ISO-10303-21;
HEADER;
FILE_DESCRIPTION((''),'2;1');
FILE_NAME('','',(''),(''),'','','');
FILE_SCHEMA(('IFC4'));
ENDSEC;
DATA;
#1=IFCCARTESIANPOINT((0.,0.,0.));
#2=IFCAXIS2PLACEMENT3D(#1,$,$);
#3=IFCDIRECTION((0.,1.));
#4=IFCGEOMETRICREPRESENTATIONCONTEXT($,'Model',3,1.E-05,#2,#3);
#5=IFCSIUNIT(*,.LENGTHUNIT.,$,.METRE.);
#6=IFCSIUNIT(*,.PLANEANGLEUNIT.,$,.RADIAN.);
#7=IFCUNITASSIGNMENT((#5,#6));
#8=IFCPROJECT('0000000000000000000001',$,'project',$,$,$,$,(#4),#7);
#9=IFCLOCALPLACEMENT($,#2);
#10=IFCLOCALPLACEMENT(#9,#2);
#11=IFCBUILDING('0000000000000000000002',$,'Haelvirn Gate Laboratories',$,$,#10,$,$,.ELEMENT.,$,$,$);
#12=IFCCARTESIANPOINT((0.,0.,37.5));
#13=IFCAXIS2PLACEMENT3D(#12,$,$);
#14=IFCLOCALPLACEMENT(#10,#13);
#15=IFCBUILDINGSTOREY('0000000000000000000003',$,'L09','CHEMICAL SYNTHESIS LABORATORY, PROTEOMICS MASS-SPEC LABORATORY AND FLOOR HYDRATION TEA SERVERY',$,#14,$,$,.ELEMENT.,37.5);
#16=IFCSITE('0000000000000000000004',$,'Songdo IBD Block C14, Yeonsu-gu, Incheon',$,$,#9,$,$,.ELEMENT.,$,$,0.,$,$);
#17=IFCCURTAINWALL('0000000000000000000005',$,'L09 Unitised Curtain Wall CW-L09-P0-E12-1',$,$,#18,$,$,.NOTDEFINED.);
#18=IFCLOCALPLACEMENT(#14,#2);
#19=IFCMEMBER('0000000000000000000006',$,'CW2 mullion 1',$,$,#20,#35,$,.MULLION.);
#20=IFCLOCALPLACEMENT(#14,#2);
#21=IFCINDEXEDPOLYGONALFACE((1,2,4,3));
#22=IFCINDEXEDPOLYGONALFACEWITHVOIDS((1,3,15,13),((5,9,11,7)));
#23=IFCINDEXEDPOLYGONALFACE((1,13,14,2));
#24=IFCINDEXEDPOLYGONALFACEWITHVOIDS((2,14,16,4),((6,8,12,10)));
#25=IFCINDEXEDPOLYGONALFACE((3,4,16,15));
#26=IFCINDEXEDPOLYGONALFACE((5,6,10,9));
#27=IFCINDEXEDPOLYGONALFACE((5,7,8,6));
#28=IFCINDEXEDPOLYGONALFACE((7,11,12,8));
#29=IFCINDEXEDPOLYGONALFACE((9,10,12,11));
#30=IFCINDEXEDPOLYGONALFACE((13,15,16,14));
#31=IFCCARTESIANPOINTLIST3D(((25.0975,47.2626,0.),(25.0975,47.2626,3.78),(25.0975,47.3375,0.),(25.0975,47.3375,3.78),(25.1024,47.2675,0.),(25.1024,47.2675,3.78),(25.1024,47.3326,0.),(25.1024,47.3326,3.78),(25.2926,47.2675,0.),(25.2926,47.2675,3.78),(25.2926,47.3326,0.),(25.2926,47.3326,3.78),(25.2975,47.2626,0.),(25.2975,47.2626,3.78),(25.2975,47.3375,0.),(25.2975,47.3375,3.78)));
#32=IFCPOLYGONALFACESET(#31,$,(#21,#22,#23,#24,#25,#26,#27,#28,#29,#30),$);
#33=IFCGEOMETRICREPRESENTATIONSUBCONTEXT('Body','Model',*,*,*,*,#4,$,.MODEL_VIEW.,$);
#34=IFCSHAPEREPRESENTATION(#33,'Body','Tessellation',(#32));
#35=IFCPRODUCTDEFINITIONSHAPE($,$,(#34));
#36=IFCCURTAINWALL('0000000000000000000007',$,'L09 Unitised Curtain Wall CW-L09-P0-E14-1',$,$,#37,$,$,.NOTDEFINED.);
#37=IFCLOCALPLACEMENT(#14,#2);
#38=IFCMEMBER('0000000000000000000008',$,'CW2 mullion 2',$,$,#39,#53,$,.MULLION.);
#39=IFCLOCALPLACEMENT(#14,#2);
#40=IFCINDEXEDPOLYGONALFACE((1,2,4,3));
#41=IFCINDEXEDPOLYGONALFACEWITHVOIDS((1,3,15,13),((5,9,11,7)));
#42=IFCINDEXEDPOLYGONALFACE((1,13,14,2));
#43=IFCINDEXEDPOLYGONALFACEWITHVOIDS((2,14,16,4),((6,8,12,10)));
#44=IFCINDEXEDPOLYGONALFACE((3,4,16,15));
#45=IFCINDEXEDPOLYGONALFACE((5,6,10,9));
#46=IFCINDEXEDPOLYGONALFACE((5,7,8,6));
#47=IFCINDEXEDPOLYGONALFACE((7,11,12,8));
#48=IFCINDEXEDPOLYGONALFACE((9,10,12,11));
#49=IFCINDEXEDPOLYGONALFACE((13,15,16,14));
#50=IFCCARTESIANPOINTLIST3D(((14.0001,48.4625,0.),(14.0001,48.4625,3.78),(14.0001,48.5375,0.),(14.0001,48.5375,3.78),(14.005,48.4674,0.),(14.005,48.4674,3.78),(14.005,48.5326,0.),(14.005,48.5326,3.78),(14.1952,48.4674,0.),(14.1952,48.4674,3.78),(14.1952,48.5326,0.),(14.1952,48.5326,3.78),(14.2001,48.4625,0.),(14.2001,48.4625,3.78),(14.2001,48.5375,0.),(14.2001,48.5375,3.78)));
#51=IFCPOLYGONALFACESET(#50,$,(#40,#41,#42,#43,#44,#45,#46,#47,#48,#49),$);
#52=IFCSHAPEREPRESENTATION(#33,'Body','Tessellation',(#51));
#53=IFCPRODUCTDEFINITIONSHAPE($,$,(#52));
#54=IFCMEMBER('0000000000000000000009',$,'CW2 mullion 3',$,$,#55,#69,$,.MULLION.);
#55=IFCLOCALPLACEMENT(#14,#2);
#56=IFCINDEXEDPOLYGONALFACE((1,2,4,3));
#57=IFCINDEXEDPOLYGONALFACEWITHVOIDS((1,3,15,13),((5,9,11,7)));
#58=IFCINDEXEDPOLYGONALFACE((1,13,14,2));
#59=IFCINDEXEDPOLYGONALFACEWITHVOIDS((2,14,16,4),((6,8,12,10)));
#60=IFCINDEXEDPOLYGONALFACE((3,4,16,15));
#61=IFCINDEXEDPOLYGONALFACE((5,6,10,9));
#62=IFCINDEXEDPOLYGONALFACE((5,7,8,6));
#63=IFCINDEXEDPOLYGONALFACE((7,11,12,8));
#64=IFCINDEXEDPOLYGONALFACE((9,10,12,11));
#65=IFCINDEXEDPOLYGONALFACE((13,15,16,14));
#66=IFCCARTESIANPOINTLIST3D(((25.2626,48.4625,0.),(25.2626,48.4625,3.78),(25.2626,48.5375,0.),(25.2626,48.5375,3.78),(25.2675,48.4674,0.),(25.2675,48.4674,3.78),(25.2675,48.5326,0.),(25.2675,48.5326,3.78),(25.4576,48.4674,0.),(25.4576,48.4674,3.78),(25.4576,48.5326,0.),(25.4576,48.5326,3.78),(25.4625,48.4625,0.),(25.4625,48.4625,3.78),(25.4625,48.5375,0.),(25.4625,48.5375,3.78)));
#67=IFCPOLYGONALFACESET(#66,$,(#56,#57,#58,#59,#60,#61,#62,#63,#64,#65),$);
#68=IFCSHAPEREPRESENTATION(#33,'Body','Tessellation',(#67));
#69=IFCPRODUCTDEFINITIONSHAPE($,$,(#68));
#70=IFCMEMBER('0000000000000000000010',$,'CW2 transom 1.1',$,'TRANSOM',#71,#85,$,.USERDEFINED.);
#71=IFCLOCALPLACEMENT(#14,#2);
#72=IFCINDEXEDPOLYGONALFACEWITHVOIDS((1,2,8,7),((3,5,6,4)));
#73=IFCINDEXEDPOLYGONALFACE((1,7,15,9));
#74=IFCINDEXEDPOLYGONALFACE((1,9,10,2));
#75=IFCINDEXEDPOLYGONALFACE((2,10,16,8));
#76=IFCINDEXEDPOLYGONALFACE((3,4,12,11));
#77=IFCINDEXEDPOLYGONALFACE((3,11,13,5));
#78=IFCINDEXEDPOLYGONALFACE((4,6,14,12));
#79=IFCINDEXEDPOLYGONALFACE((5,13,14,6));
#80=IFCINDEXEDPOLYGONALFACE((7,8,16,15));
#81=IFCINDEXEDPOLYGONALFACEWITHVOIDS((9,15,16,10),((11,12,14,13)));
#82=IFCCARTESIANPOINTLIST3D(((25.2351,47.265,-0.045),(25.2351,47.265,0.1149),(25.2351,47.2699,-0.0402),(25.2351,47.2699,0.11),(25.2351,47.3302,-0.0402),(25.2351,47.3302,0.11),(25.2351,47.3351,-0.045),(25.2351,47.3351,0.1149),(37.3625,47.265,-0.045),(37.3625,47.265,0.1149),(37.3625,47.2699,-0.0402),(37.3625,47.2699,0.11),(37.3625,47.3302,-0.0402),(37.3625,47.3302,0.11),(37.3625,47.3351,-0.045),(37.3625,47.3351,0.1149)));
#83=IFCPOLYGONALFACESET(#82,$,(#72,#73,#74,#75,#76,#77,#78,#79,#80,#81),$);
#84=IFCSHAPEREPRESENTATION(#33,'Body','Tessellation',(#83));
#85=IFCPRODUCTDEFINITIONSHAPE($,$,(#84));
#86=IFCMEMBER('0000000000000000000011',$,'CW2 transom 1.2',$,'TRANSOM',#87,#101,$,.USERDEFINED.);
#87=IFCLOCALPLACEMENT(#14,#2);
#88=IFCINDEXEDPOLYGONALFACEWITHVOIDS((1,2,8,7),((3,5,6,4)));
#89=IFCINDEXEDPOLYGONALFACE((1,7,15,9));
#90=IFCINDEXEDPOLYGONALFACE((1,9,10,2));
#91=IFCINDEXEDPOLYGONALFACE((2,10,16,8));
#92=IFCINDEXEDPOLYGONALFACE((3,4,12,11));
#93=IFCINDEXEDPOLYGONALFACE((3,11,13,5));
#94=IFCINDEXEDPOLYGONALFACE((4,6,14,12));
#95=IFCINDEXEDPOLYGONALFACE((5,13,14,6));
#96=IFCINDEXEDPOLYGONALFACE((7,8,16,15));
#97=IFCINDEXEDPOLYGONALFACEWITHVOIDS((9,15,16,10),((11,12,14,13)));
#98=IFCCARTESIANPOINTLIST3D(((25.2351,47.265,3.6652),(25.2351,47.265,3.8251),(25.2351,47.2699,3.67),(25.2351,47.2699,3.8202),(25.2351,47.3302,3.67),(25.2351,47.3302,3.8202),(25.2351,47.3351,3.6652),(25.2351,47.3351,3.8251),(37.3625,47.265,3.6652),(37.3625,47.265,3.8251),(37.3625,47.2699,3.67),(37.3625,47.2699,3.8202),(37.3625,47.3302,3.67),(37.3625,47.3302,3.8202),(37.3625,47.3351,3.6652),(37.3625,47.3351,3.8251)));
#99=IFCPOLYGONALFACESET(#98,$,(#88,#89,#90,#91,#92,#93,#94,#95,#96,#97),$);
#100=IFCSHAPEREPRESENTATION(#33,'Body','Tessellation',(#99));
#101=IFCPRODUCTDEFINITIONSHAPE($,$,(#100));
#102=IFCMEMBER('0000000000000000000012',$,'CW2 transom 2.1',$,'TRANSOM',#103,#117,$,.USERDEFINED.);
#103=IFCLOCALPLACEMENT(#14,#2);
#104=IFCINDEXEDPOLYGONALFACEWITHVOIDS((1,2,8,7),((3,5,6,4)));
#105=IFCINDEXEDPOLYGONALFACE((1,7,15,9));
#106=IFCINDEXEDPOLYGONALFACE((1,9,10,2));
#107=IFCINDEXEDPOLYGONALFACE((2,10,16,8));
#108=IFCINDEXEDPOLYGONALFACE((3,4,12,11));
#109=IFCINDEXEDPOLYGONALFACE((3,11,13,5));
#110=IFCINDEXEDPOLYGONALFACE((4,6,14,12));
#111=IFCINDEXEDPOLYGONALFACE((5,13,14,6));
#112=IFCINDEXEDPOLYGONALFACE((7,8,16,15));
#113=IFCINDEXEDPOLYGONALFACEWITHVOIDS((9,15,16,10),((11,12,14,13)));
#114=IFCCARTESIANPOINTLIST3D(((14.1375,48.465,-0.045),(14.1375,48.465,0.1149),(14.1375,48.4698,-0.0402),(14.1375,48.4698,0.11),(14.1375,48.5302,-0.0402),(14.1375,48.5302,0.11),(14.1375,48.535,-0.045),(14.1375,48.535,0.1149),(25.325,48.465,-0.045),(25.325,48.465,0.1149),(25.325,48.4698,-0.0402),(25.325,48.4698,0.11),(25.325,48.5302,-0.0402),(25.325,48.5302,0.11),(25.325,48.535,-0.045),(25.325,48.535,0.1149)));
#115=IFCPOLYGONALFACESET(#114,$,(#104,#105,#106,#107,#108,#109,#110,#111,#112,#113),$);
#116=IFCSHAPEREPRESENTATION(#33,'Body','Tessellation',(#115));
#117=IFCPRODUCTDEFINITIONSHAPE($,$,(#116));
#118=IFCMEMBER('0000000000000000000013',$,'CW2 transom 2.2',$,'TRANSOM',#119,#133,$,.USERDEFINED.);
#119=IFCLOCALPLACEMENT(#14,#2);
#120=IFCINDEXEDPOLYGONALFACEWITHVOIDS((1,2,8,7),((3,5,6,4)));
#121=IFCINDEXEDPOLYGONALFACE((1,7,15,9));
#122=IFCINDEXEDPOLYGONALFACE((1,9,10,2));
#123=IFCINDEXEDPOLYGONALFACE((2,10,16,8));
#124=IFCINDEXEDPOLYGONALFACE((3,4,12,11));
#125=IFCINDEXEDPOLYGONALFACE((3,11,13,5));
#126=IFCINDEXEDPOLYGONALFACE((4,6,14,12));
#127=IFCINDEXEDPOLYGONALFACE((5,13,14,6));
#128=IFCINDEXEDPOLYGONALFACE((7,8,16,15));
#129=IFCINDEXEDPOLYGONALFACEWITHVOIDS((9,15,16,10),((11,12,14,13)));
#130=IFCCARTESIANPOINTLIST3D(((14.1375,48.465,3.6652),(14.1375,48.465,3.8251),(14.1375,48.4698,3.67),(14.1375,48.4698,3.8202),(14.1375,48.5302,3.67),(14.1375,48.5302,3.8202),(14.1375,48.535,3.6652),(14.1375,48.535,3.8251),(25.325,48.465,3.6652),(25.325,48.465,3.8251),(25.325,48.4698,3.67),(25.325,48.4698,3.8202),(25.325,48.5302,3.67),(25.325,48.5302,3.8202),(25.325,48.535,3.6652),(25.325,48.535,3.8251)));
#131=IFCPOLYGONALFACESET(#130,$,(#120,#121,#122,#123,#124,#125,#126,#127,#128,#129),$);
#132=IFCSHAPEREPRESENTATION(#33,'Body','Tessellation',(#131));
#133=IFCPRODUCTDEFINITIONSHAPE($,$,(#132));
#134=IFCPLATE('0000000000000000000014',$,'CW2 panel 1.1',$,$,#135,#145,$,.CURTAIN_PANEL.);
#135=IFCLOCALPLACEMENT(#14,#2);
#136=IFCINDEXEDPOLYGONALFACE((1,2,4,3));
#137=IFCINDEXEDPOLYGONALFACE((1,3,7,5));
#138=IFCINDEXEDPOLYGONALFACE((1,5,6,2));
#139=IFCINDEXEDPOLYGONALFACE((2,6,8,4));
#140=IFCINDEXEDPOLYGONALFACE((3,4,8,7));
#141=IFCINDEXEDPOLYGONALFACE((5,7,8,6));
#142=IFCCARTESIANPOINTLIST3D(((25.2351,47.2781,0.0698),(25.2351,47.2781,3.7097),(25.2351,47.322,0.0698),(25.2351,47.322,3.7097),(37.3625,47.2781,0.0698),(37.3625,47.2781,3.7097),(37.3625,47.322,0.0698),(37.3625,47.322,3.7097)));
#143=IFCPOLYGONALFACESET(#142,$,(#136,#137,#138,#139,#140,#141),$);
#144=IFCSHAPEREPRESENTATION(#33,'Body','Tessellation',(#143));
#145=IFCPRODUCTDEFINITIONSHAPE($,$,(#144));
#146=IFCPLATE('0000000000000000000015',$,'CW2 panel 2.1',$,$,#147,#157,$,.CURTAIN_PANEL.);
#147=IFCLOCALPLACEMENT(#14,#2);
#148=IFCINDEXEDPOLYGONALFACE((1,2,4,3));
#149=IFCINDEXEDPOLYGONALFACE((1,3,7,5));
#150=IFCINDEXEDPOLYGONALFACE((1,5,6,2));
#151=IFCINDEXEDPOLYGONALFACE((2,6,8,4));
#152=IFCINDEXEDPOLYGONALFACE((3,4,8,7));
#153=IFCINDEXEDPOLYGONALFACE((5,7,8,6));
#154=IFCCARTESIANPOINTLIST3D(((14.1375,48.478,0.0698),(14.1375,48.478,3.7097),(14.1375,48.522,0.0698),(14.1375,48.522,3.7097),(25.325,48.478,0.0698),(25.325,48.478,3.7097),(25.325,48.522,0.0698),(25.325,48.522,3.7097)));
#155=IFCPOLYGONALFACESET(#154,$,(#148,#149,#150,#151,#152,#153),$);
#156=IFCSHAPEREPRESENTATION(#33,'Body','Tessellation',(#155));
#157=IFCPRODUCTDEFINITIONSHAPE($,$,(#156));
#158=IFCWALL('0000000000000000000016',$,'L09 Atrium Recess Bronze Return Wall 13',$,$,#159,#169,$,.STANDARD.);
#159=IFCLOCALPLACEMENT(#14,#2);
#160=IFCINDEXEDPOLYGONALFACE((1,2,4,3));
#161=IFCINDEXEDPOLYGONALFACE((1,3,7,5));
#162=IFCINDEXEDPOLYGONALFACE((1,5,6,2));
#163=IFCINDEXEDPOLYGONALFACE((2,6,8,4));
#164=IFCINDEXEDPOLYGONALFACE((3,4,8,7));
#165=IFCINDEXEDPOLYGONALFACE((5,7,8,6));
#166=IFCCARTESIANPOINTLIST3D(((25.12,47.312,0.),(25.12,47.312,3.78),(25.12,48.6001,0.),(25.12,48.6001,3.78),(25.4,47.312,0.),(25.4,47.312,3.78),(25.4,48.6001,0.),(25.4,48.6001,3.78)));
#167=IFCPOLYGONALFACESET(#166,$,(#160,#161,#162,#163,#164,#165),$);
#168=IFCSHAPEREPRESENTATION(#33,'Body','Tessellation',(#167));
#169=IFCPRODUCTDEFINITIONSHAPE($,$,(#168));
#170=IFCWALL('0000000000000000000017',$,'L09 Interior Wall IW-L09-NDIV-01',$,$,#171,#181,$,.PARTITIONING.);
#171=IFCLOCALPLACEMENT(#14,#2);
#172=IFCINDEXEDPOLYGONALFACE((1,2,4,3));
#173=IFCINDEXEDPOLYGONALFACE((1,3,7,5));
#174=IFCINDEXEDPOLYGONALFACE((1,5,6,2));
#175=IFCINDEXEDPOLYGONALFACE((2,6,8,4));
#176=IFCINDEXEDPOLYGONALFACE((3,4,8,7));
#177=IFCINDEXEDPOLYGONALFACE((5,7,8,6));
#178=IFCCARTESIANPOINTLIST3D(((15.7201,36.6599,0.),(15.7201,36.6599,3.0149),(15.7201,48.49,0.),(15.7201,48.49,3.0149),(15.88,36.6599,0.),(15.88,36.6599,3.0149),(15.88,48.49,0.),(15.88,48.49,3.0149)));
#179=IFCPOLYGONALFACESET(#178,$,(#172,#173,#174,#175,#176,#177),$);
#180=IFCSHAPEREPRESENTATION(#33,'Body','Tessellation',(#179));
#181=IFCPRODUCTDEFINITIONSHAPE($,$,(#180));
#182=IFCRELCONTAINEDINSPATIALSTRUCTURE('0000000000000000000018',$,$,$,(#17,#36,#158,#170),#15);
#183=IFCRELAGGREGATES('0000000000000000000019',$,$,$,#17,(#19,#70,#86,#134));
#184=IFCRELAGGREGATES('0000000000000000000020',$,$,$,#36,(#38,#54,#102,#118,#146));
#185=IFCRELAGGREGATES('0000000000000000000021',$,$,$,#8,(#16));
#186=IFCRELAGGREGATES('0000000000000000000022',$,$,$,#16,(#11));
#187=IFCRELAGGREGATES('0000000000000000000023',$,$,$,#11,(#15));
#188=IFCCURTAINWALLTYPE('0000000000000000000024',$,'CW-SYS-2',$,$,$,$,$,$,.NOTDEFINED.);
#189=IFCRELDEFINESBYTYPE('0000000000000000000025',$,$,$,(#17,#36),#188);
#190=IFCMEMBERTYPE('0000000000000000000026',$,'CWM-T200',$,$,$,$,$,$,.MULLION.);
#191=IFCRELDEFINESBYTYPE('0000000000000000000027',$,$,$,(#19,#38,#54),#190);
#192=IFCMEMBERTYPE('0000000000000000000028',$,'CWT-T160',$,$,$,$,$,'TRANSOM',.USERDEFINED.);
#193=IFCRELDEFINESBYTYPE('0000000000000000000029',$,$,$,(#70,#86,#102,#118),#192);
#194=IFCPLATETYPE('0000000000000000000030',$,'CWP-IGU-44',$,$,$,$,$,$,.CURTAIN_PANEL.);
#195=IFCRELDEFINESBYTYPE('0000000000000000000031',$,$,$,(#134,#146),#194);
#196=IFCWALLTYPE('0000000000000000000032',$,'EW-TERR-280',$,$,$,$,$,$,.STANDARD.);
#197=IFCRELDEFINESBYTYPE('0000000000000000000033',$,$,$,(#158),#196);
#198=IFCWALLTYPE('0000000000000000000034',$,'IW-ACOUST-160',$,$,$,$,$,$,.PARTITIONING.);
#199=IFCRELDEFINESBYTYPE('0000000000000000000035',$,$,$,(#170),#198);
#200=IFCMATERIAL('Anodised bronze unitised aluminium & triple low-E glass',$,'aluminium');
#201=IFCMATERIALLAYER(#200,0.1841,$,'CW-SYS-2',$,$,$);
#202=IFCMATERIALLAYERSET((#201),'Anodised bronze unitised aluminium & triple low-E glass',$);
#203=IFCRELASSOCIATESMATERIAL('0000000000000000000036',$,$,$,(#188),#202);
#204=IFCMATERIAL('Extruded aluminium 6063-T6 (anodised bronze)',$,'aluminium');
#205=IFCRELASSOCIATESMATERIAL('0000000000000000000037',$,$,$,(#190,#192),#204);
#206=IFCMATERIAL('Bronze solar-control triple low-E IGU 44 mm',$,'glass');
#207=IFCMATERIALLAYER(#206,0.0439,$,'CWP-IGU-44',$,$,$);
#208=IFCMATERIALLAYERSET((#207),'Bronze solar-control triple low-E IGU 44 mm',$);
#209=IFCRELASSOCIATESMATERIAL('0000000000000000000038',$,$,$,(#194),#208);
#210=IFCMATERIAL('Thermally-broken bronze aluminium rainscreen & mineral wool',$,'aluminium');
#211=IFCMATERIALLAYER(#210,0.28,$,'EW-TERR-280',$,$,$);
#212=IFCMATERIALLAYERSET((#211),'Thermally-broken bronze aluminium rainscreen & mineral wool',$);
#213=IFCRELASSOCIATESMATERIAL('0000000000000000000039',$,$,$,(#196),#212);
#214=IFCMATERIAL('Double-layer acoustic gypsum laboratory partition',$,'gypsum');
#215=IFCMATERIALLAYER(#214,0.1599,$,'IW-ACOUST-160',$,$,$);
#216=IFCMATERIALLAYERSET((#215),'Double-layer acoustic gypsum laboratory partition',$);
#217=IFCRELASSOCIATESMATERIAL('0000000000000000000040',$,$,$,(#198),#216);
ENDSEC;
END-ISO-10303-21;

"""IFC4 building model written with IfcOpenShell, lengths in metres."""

from ifc_helpers import new_model, si_unit, direction, frame, frame_2d, origin, origin_2d, place, context, subcontext, project, spatial, rectangle, hollow_rectangle, extrude, source, transform, mapped, material, layer, layer_set, material_profile, profile_set, type_object, type_shapes, element, aggregate, save


model = new_model("IFC4")

# Units and contexts
model_context = context("Model", 3, precision=1e-05, world=origin(), true_north=direction((0.0, 1.0)))
body_context = subcontext(model_context, "Body", "Model", "MODEL_VIEW")
ifc_project = project(units=[si_unit("LENGTHUNIT", "METRE"), si_unit("PLANEANGLEUNIT", "RADIAN")], contexts=[model_context])

# Site, building, storey
site_placement = place(None, origin())
site = spatial("IfcSite", under=ifc_project, at=site_placement, Name="Songdo IBD Block C14, Yeonsu-gu, Incheon", CompositionType="ELEMENT", RefElevation=0.0)
building_placement = place(site_placement, origin())
building = spatial("IfcBuilding", under=site, at=building_placement, Name="Haelvirn Gate Laboratories", CompositionType="ELEMENT")
storey_placement = place(building_placement, frame((0.0, 0.0, 37.5)))
storey = spatial("IfcBuildingStorey", under=building, at=storey_placement, Name="L09", Description="CHEMICAL SYNTHESIS LABORATORY, PROTEOMICS MASS-SPEC LABORATORY AND FLOOR HYDRATION TEA SERVERY", CompositionType="ELEMENT", Elevation=37.5)

# Curtain wall, member
ifc_material_1 = material(Name="Anodised bronze unitised aluminium & triple low-E glass", Category="aluminium")
ifc_layer_1 = layer(ifc_material_1, 0.1841, Name="CW-SYS-2")
ifc_layer_set_1 = layer_set([ifc_layer_1], Name="Anodised bronze unitised aluminium & triple low-E glass")
curtain_wall_type = type_object("IfcCurtainWallType", Name="CW-SYS-2", PredefinedType="NOTDEFINED", material=ifc_layer_set_1)
curtain_wall_1_placement = place(storey_placement, origin())
curtain_wall_1 = element("IfcCurtainWall", 1, at=curtain_wall_1_placement, inside=storey, type_object=curtain_wall_type, Name="L09 Unitised Curtain Wall CW-L09-P0-E12-1", PredefinedType="NOTDEFINED")
ifc_material_2 = material(Name="Extruded aluminium 6063-T6 (anodised bronze)", Category="aluminium")
ifc_material_profile_1 = material_profile(ifc_material_2, hollow_rectangle(XDim=0.075, YDim=0.2, WallThickness=0.0049, at=origin_2d()), Name="CWM-200x75x5")
ifc_profile_set_1 = profile_set([ifc_material_profile_1], Name="Extruded aluminium 6063-T6 (anodised bronze)")
member_type_1 = type_object("IfcMemberType", Name="CWM-T200", PredefinedType="MULLION", material=ifc_profile_set_1)
shared_shape_1 = source(origin(), body_context, "Body", "SweptSolid", [
    extrude(hollow_rectangle(XDim=0.075, YDim=0.2, WallThickness=0.0049, at=origin_2d()), origin(), (0.0, 0.0, 1.0), 3.78),
])
type_shapes(member_type_1, [shared_shape_1])
member_1_placement = place(storey_placement, frame((25.1975, 47.3, 0.0), z_axis=(0.0, 0.0, 1.0), x_axis=(0.0, 1.0, 0.0)))
member_1 = element("IfcMember", 2, at=member_1_placement, type_object=member_type_1, Name="CW2 mullion 1", PredefinedType="MULLION", context=body_context, shape_type="MappedRepresentation", body=[
    mapped(shared_shape_1, transform((0.0, 0.0, 0.0), scale=1.0)),
])

# Curtain wall, members
curtain_wall_2_placement = place(storey_placement, origin())
curtain_wall_2 = element("IfcCurtainWall", 3, at=curtain_wall_2_placement, inside=storey, type_object=curtain_wall_type, Name="L09 Unitised Curtain Wall CW-L09-P0-E14-1", PredefinedType="NOTDEFINED")
member_2_placement = place(storey_placement, frame((14.1001, 48.5, 0.0), z_axis=(0.0, 0.0, 1.0), x_axis=(0.0, 1.0, 0.0)))
member_2 = element("IfcMember", 4, at=member_2_placement, type_object=member_type_1, Name="CW2 mullion 2", PredefinedType="MULLION", context=body_context, shape_type="MappedRepresentation", body=[
    mapped(shared_shape_1, transform((0.0, 0.0, 0.0), scale=1.0)),
])
member_3_placement = place(storey_placement, frame((25.3625, 48.5, 0.0), z_axis=(0.0, 0.0, 1.0), x_axis=(0.0, 1.0, 0.0)))
member_3 = element("IfcMember", 5, at=member_3_placement, type_object=member_type_1, Name="CW2 mullion 3", PredefinedType="MULLION", context=body_context, shape_type="MappedRepresentation", body=[
    mapped(shared_shape_1, transform((0.0, 0.0, 0.0), scale=1.0)),
])

# Members
ifc_material_profile_2 = material_profile(ifc_material_2, hollow_rectangle(XDim=0.0701, YDim=0.1599, WallThickness=0.0049, at=origin_2d()), Name="CWT-160x70x5")
ifc_profile_set_2 = profile_set([ifc_material_profile_2], Name="Extruded aluminium 6063-T6 (anodised bronze)")
member_type_2 = type_object("IfcMemberType", Name="CWT-T160", ElementType="TRANSOM", PredefinedType="USERDEFINED", material=ifc_profile_set_2)
shared_shape_2 = source(origin(), body_context, "Body", "SweptSolid", [
    extrude(hollow_rectangle(XDim=0.0701, YDim=0.1599, WallThickness=0.0049, at=origin_2d()), origin(), (0.0, 0.0, 1.0), 12.1274),
])
member_4_placement = place(storey_placement, frame((25.2351, 47.3, 0.0349), z_axis=(1.0, 0.0, 0.0), x_axis=(0.0, 1.0, 0.0)))
member_4 = element("IfcMember", 6, at=member_4_placement, type_object=member_type_2, Name="CW2 transom 1.1", ObjectType="TRANSOM", PredefinedType="USERDEFINED", context=body_context, shape_type="MappedRepresentation", body=[
    mapped(shared_shape_2, transform((0.0, 0.0, 0.0), scale=1.0)),
])
member_5_placement = place(storey_placement, frame((25.2351, 47.3, 3.7451), z_axis=(1.0, 0.0, 0.0), x_axis=(0.0, 1.0, 0.0)))
member_5 = element("IfcMember", 7, at=member_5_placement, type_object=member_type_2, Name="CW2 transom 1.2", ObjectType="TRANSOM", PredefinedType="USERDEFINED", context=body_context, shape_type="MappedRepresentation", body=[
    mapped(shared_shape_2, transform((0.0, 0.0, 0.0), scale=1.0)),
])
shared_shape_3 = source(origin(), body_context, "Body", "SweptSolid", [
    extrude(hollow_rectangle(XDim=0.0701, YDim=0.1599, WallThickness=0.0049, at=origin_2d()), origin(), (0.0, 0.0, 1.0), 11.1875),
])
type_shapes(member_type_2, [shared_shape_2, shared_shape_3])
member_6_placement = place(storey_placement, frame((14.1375, 48.5, 0.0349), z_axis=(1.0, 0.0, 0.0), x_axis=(0.0, 1.0, 0.0)))
member_6 = element("IfcMember", 8, at=member_6_placement, type_object=member_type_2, Name="CW2 transom 2.1", ObjectType="TRANSOM", PredefinedType="USERDEFINED", context=body_context, shape_type="MappedRepresentation", body=[
    mapped(shared_shape_3, transform((0.0, 0.0, 0.0), scale=1.0)),
])
member_7_placement = place(storey_placement, frame((14.1375, 48.5, 3.7451), z_axis=(1.0, 0.0, 0.0), x_axis=(0.0, 1.0, 0.0)))
member_7 = element("IfcMember", 9, at=member_7_placement, type_object=member_type_2, Name="CW2 transom 2.2", ObjectType="TRANSOM", PredefinedType="USERDEFINED", context=body_context, shape_type="MappedRepresentation", body=[
    mapped(shared_shape_3, transform((0.0, 0.0, 0.0), scale=1.0)),
])

# Plates
ifc_material_3 = material(Name="Bronze solar-control triple low-E IGU 44 mm", Category="glass")
ifc_layer_2 = layer(ifc_material_3, 0.0439, Name="CWP-IGU-44")
ifc_layer_set_2 = layer_set([ifc_layer_2], Name="Bronze solar-control triple low-E IGU 44 mm")
plate_type = type_object("IfcPlateType", Name="CWP-IGU-44", PredefinedType="CURTAIN_PANEL", material=ifc_layer_set_2)
shared_shape_4 = source(origin(), body_context, "Body", "SweptSolid", [
    extrude(rectangle(XDim=12.1274, YDim=0.0439, at=origin_2d()), origin(), (0.0, 0.0, 1.0), 3.6399),
])
plate_1_placement = place(storey_placement, frame((31.2988, 47.3, 0.0698), z_axis=(0.0, 0.0, 1.0), x_axis=(1.0, 0.0, 0.0)))
plate_1 = element("IfcPlate", 10, at=plate_1_placement, type_object=plate_type, Name="CW2 panel 1.1", PredefinedType="CURTAIN_PANEL", context=body_context, shape_type="MappedRepresentation", body=[
    mapped(shared_shape_4, transform((0.0, 0.0, 0.0), scale=1.0)),
])
aggregate(curtain_wall_1, [member_1, member_4, member_5, plate_1])
shared_shape_5 = source(origin(), body_context, "Body", "SweptSolid", [
    extrude(rectangle(XDim=11.1875, YDim=0.0439, at=origin_2d()), origin(), (0.0, 0.0, 1.0), 3.6399),
])
type_shapes(plate_type, [shared_shape_4, shared_shape_5])
plate_2_placement = place(storey_placement, frame((19.7312, 48.5, 0.0698), z_axis=(0.0, 0.0, 1.0), x_axis=(1.0, 0.0, 0.0)))
plate_2 = element("IfcPlate", 11, at=plate_2_placement, type_object=plate_type, Name="CW2 panel 2.1", PredefinedType="CURTAIN_PANEL", context=body_context, shape_type="MappedRepresentation", body=[
    mapped(shared_shape_5, transform((0.0, 0.0, 0.0), scale=1.0)),
])
aggregate(curtain_wall_2, [member_2, member_3, member_6, member_7, plate_2])

# Walls
ifc_material_4 = material(Name="Thermally-broken bronze aluminium rainscreen & mineral wool", Category="aluminium")
ifc_layer_3 = layer(ifc_material_4, 0.28, Name="EW-TERR-280")
ifc_layer_set_3 = layer_set([ifc_layer_3], Name="Thermally-broken bronze aluminium rainscreen & mineral wool")
wall_type_1 = type_object("IfcWallType", Name="EW-TERR-280", PredefinedType="STANDARD", material=ifc_layer_set_3)
wall_1_placement = place(storey_placement, frame((25.26, 47.312, 0.0), z_axis=(0.0, 0.0, 1.0), x_axis=(0.0, 1.0, 0.0)))
element("IfcWall", 12, at=wall_1_placement, inside=storey, type_object=wall_type_1, Name="L09 Atrium Recess Bronze Return Wall 13", PredefinedType="STANDARD", context=body_context, shape_type="SweptSolid", body=[
    extrude(rectangle(XDim=1.2881, YDim=0.28, at=frame_2d((0.644, 0.0))), origin(), (0.0, 0.0, 1.0), 3.78),
])
ifc_material_5 = material(Name="Double-layer acoustic gypsum laboratory partition", Category="gypsum")
ifc_layer_4 = layer(ifc_material_5, 0.1599, Name="IW-ACOUST-160")
ifc_layer_set_4 = layer_set([ifc_layer_4], Name="Double-layer acoustic gypsum laboratory partition")
wall_type_2 = type_object("IfcWallType", Name="IW-ACOUST-160", PredefinedType="PARTITIONING", material=ifc_layer_set_4)
wall_2_placement = place(storey_placement, frame((15.8, 36.6599, 0.0), z_axis=(0.0, 0.0, 1.0), x_axis=(0.0, 1.0, 0.0)))
element("IfcWall", 13, at=wall_2_placement, inside=storey, type_object=wall_type_2, Name="L09 Interior Wall IW-L09-NDIV-01", PredefinedType="PARTITIONING", context=body_context, shape_type="SweptSolid", body=[
    extrude(rectangle(XDim=11.8301, YDim=0.1599, at=frame_2d((5.915, 0.0))), origin(), (0.0, 0.0, 1.0), 3.0149),
])

save(model, "model.ifc")
